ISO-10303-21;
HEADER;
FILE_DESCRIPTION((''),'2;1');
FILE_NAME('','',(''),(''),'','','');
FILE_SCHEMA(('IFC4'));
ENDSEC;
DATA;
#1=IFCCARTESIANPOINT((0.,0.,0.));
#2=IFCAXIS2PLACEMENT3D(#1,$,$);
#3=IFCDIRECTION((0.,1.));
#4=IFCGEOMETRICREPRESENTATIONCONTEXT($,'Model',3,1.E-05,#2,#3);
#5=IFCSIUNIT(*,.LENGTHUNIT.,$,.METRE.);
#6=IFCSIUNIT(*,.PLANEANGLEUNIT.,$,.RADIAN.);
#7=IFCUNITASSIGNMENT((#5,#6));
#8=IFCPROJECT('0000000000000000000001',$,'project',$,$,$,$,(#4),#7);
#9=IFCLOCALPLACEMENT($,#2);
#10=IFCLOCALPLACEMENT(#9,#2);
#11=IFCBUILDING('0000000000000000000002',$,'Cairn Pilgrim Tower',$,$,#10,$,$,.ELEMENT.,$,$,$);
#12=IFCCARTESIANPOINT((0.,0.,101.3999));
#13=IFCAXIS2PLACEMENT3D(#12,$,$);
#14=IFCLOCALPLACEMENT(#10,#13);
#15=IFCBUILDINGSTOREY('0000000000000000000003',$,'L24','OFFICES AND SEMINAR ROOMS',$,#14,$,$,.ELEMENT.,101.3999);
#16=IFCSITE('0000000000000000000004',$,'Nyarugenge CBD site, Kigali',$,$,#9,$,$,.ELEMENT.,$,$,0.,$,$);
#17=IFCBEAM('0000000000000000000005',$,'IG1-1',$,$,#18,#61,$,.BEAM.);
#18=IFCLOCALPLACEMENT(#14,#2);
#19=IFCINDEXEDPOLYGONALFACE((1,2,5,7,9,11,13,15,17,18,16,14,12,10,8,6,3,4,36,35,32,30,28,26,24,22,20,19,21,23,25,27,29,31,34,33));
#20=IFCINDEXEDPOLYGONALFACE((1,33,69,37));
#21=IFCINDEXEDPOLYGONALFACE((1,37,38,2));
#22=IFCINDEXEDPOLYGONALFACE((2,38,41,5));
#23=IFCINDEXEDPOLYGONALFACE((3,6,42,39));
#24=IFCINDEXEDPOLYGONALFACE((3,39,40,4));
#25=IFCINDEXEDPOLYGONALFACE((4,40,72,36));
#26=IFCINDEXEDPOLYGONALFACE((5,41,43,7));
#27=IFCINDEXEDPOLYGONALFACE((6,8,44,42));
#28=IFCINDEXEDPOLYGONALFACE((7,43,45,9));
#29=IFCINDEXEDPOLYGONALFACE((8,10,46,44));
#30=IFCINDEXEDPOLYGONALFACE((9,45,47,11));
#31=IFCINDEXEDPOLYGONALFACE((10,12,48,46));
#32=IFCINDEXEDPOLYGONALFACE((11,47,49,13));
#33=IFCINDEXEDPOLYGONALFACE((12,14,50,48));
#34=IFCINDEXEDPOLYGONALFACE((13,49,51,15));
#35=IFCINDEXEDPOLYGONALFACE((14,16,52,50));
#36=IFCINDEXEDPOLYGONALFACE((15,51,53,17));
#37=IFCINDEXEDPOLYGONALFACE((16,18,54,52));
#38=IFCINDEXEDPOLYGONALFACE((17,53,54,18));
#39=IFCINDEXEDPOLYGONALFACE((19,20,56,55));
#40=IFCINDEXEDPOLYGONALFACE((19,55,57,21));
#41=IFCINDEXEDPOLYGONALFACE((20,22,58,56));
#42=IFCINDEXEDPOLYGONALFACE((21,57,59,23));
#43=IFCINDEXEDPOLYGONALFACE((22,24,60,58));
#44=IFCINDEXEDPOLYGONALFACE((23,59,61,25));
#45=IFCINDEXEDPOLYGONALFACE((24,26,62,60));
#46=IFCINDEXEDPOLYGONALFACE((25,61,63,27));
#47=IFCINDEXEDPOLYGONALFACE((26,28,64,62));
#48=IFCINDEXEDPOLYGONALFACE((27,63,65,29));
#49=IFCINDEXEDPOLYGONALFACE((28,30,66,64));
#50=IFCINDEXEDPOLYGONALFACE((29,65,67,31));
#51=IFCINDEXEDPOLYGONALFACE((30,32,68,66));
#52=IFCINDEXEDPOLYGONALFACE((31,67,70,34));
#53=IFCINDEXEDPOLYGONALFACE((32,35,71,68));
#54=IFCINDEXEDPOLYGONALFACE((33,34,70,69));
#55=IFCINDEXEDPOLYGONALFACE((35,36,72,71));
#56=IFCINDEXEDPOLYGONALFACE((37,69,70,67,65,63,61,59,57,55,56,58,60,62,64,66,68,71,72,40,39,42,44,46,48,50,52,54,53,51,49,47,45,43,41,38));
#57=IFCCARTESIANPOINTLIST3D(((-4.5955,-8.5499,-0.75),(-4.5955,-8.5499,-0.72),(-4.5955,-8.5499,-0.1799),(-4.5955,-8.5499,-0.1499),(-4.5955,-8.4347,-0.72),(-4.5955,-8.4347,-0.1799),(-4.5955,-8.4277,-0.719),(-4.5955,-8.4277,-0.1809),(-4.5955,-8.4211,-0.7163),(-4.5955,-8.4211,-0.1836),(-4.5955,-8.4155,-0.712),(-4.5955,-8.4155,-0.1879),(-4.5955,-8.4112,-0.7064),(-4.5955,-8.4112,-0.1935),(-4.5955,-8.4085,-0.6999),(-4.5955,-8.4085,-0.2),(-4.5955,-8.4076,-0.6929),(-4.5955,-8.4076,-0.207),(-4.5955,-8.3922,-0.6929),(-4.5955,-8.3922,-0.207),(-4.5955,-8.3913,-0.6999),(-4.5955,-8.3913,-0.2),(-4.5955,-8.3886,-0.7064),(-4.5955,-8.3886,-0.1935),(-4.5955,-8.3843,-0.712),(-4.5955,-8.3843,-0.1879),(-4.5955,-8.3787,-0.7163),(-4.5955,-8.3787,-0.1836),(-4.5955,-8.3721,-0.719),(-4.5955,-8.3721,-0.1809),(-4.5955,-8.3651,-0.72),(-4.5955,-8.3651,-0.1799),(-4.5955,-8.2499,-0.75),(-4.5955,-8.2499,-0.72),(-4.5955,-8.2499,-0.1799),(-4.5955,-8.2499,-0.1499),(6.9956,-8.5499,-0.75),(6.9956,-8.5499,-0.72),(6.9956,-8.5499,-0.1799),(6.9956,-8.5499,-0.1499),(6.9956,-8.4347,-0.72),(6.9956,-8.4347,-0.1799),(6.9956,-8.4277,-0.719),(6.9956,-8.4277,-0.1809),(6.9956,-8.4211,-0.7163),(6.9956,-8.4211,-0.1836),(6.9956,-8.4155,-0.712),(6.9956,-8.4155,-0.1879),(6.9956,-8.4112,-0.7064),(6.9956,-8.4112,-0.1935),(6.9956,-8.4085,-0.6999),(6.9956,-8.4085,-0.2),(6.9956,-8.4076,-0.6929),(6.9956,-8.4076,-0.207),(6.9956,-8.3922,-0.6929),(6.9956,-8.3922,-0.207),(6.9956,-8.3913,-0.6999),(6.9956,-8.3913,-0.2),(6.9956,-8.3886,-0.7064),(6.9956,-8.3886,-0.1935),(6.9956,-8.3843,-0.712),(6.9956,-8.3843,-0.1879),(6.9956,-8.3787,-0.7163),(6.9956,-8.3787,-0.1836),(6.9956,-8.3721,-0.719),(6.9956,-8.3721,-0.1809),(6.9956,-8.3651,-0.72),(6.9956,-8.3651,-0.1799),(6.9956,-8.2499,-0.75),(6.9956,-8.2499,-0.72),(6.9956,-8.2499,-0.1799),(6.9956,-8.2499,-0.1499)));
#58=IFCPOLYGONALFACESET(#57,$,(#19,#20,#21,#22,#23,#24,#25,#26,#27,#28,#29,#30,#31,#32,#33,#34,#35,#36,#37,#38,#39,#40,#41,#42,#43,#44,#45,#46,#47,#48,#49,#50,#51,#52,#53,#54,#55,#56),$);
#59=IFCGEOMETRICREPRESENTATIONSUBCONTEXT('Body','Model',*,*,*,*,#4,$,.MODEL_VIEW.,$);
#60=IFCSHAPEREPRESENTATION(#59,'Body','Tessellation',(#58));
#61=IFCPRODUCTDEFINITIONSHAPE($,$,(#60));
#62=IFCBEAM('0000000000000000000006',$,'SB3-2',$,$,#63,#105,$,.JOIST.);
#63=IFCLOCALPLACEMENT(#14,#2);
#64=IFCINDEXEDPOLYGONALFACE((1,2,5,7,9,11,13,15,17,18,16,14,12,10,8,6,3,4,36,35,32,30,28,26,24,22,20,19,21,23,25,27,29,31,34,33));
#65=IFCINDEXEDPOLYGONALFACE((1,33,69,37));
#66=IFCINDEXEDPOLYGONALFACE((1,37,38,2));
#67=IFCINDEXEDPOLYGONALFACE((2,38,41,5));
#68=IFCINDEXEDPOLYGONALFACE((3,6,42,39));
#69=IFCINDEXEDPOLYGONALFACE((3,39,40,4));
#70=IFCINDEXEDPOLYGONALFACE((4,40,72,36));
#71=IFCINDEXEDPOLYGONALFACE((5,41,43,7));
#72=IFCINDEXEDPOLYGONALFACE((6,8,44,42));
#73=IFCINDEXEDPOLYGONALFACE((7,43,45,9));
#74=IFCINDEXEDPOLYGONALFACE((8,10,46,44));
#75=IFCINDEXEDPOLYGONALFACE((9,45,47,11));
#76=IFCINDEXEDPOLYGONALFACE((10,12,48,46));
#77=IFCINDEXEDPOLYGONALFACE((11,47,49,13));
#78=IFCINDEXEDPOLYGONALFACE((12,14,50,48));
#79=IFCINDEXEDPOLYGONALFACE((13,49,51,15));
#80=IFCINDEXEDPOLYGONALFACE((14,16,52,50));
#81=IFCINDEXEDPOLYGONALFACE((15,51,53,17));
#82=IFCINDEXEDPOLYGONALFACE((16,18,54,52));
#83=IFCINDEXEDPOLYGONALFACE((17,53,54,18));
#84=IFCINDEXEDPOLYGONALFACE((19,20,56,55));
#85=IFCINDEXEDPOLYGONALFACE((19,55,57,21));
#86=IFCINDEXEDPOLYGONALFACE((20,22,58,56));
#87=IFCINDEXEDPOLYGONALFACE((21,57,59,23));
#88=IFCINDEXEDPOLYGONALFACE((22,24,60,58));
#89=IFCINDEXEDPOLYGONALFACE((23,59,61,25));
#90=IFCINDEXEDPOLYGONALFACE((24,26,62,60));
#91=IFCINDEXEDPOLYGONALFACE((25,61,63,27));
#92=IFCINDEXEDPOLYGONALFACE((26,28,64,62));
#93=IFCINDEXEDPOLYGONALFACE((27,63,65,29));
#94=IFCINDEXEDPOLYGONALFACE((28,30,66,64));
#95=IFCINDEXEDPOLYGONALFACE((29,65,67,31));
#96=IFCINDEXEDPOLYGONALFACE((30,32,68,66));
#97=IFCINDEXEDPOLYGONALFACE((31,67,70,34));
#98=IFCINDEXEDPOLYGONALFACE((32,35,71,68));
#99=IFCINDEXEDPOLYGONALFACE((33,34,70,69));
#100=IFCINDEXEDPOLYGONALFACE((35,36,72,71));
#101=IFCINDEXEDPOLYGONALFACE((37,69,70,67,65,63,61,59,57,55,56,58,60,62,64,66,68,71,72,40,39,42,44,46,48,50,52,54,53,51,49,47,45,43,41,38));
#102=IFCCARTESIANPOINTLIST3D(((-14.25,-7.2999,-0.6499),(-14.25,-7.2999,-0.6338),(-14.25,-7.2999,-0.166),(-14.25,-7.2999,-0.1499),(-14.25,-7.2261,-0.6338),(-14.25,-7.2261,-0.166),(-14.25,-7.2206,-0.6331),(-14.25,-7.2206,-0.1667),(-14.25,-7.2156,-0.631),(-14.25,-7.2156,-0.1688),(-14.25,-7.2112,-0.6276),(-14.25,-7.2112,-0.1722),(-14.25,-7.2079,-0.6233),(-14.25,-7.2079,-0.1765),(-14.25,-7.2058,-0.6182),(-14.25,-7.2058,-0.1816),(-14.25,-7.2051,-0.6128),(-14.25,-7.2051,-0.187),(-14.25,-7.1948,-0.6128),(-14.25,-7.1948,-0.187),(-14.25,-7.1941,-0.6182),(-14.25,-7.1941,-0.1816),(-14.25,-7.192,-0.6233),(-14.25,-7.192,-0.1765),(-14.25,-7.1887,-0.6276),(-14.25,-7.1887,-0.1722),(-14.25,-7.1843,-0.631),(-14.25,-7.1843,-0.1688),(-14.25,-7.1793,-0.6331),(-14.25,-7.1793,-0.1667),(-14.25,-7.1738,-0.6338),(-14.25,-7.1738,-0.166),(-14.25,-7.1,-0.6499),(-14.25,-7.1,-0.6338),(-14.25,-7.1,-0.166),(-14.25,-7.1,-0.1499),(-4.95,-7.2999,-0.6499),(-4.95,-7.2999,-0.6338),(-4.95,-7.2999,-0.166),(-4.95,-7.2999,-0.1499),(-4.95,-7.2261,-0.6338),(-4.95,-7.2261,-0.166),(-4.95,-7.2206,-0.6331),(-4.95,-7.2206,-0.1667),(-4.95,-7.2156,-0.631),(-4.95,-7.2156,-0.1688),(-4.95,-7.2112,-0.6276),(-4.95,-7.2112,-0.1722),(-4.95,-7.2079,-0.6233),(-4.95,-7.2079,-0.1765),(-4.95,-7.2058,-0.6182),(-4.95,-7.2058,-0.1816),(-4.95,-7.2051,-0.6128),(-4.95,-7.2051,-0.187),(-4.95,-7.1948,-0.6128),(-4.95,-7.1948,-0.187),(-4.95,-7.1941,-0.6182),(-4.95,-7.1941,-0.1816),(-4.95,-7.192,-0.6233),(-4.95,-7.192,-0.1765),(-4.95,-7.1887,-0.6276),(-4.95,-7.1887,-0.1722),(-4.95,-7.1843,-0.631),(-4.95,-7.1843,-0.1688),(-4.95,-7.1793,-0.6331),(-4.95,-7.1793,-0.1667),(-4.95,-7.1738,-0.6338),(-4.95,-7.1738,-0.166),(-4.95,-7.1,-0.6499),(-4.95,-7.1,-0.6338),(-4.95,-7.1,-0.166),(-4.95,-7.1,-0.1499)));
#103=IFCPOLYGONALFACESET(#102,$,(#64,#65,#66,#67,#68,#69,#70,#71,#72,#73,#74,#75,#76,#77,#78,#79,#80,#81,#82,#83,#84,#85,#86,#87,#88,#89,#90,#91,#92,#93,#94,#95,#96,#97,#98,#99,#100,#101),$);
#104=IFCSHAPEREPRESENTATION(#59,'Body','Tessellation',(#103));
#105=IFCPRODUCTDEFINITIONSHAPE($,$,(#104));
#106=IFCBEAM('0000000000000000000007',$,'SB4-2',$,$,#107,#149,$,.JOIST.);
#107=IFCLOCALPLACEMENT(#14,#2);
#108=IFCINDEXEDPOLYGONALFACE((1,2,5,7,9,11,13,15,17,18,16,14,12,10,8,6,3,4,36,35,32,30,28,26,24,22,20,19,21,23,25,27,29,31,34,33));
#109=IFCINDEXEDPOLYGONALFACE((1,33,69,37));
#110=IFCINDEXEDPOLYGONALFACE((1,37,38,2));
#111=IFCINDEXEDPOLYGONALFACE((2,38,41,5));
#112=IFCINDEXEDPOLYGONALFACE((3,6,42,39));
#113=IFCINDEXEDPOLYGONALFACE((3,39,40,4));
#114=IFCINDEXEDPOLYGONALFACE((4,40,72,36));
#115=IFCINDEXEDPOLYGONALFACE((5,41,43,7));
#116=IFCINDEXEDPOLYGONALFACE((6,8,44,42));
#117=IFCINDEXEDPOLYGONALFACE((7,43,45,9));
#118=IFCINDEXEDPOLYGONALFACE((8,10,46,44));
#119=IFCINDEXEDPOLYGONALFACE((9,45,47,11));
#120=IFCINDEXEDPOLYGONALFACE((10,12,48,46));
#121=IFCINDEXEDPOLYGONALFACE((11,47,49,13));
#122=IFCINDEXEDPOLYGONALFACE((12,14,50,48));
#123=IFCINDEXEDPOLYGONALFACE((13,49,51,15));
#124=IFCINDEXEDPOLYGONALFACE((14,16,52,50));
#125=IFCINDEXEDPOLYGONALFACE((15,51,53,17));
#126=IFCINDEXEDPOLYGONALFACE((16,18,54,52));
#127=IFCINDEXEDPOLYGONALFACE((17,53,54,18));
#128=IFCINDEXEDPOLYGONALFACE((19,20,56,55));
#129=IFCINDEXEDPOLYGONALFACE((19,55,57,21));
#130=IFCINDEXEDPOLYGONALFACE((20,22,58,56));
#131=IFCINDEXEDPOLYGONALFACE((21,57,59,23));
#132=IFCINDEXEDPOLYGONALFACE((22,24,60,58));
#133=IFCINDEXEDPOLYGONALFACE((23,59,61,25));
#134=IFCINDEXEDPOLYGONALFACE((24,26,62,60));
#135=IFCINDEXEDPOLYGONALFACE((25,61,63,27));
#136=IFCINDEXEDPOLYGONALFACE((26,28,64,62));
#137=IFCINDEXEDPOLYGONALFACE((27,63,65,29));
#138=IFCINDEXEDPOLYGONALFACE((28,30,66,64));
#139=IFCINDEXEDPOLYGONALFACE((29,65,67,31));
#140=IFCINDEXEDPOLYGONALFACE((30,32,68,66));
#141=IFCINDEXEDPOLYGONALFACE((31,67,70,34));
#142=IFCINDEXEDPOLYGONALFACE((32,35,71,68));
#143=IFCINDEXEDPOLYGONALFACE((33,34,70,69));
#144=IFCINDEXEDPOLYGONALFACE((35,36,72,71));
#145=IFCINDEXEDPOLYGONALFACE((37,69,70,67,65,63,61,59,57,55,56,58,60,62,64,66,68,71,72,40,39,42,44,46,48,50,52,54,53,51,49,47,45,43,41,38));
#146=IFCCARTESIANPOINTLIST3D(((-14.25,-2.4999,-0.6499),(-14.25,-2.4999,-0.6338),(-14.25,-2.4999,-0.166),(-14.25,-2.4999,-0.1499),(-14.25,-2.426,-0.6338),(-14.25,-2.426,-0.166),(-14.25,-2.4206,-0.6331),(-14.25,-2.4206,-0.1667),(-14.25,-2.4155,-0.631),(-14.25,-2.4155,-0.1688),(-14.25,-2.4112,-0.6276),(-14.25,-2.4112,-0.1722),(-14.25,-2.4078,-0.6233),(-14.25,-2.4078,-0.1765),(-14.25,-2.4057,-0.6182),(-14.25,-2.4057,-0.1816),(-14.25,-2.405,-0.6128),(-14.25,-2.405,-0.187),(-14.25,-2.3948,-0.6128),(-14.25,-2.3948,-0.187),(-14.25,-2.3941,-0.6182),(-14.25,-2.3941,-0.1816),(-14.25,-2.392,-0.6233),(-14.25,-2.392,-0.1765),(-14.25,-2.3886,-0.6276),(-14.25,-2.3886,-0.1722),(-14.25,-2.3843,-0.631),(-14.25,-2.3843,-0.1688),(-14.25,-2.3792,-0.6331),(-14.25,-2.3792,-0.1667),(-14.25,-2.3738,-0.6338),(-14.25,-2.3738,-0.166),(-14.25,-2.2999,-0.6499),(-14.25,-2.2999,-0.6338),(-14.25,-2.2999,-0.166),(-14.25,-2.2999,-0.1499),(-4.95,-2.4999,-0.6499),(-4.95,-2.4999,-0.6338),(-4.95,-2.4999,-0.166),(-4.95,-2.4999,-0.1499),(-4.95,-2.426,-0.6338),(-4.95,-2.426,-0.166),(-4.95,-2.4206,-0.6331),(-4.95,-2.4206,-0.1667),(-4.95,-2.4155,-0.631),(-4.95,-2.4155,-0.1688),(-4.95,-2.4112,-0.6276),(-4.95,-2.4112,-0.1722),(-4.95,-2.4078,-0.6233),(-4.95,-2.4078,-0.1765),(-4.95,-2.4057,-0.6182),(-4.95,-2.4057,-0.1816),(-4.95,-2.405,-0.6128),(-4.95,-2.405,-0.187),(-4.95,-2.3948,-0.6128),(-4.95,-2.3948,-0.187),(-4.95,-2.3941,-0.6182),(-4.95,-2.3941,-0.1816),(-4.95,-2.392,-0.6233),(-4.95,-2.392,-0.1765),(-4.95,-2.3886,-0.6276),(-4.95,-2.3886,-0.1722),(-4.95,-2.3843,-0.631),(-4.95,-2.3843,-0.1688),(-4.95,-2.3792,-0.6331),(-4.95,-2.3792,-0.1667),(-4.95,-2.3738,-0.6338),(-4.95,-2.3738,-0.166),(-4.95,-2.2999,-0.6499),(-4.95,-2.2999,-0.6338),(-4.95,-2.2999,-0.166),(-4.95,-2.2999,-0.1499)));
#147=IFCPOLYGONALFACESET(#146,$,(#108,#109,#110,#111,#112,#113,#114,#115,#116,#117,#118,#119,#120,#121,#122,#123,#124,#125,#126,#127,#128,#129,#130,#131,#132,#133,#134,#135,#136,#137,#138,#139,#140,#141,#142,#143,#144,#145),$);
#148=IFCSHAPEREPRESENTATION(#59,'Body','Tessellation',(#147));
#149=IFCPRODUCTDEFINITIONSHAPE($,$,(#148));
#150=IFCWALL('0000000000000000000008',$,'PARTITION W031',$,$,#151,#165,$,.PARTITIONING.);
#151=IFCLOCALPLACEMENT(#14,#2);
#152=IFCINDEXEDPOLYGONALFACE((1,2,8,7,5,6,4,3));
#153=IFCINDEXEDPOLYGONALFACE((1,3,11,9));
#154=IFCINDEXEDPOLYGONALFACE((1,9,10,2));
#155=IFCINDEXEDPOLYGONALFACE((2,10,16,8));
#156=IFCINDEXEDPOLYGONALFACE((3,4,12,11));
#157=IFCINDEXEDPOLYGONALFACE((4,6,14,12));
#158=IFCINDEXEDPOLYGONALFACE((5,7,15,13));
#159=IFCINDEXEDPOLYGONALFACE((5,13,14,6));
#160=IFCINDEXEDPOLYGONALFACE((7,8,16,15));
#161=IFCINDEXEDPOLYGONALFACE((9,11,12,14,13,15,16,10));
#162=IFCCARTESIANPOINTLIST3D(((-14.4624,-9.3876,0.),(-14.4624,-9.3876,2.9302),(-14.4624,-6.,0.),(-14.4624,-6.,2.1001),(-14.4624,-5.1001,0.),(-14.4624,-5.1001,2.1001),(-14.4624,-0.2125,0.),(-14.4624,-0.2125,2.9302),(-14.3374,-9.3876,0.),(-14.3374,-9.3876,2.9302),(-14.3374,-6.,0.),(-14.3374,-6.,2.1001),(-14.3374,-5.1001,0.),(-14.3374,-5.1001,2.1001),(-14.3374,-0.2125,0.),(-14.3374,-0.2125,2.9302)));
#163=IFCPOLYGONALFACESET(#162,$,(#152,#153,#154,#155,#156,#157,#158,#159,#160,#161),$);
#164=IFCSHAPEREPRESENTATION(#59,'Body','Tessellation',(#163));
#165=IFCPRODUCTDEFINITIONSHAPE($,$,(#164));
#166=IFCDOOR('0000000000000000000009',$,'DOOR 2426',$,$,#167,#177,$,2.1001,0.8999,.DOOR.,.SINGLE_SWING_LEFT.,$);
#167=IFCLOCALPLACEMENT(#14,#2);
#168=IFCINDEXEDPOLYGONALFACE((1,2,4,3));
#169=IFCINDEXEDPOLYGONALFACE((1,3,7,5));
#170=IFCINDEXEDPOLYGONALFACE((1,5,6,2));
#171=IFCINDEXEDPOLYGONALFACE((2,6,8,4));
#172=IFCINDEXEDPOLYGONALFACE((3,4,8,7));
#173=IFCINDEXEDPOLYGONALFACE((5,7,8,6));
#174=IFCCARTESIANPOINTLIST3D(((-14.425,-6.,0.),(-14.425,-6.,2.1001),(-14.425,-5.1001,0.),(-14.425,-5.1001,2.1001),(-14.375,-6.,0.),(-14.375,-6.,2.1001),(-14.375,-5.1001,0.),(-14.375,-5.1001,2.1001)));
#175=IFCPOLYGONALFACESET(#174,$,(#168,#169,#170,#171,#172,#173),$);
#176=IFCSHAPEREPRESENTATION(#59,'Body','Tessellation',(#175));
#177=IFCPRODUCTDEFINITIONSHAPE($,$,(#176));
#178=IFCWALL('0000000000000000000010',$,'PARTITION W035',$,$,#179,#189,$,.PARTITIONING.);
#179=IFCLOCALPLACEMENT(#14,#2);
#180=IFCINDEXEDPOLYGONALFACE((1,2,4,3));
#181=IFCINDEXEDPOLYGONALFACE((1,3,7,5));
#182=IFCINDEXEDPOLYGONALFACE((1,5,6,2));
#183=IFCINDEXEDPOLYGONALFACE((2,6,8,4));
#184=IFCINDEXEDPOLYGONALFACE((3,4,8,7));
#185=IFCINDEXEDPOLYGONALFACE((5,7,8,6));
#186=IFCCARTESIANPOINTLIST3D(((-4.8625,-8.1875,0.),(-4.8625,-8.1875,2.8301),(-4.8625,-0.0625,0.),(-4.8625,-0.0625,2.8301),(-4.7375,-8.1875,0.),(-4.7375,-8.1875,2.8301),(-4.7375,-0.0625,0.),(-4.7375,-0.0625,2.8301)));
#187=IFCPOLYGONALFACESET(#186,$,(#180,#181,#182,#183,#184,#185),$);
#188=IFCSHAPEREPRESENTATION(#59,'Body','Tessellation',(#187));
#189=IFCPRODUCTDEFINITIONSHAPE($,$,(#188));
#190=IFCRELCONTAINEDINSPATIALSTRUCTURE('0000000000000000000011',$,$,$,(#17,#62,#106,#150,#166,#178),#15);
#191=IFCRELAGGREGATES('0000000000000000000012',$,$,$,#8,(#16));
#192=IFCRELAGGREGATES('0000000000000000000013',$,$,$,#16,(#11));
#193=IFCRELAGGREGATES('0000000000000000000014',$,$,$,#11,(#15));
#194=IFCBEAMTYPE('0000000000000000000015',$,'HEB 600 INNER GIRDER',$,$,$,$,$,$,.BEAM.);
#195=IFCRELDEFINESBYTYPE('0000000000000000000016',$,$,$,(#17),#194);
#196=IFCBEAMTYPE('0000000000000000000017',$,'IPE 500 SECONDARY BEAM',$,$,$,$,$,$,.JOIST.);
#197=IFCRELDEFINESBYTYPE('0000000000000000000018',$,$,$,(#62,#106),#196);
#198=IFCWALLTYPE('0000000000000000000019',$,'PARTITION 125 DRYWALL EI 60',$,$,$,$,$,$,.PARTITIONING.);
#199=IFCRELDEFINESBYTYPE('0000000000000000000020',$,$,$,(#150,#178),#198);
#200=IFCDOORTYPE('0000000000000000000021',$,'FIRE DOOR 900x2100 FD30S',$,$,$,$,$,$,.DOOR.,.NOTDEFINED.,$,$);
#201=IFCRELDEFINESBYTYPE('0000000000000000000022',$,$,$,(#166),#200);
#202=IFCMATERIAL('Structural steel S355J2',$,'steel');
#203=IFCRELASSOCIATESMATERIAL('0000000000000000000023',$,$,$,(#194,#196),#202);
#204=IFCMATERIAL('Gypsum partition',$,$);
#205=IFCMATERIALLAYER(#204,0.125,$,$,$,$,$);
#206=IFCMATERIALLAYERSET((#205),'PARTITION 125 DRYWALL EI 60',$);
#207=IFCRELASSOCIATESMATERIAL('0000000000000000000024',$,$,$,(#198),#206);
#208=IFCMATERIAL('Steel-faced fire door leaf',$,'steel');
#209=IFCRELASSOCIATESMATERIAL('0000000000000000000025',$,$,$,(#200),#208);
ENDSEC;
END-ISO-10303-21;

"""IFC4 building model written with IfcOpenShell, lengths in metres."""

from ifc_helpers import new_model, si_unit, direction, frame, frame_2d, origin, origin_2d, place, context, subcontext, project, spatial, rectangle, i_section, extrude, material, layer, layer_set, material_profile, profile_set, type_object, element, fill, save


model = new_model("IFC4")

# Units and contexts
model_context = context("Model", 3, precision=1e-05, world=origin(), true_north=direction((0.0, 1.0)))
body_context = subcontext(model_context, "Body", "Model", "MODEL_VIEW")
ifc_project = project(units=[si_unit("LENGTHUNIT", "METRE"), si_unit("PLANEANGLEUNIT", "RADIAN")], contexts=[model_context])

# Site, building, storey
site_placement = place(None, origin())
site = spatial("IfcSite", under=ifc_project, at=site_placement, Name="Nyarugenge CBD site, Kigali", CompositionType="ELEMENT", RefElevation=0.0)
building_placement = place(site_placement, origin())
building = spatial("IfcBuilding", under=site, at=building_placement, Name="Cairn Pilgrim Tower", CompositionType="ELEMENT")
storey_placement = place(building_placement, frame((0.0, 0.0, 101.3999)))
storey = spatial("IfcBuildingStorey", under=building, at=storey_placement, Name="L24", Description="OFFICES AND SEMINAR ROOMS", CompositionType="ELEMENT", Elevation=101.3999)

# Beams
ifc_material_1 = material(Name="Structural steel S355J2", Category="steel")
ifc_material_profile_1 = material_profile(ifc_material_1, i_section(OverallWidth=0.3, OverallDepth=0.6001, WebThickness=0.0154, FlangeThickness=0.03, FilletRadius=0.0271, at=origin_2d()), Name="HEB 600")
ifc_profile_set_1 = profile_set([ifc_material_profile_1], Name="Structural steel S355J2")
beam_type_1 = type_object("IfcBeamType", Name="HEB 600 INNER GIRDER", PredefinedType="BEAM", material=ifc_profile_set_1)
beam_1_placement = place(storey_placement, frame((-4.5955, -8.3999, -0.45), z_axis=(1.0, 0.0, 0.0), x_axis=(0.0, 1.0, 0.0)))
element("IfcBeam", 1, at=beam_1_placement, inside=storey, type_object=beam_type_1, Name="IG1-1", PredefinedType="BEAM", context=body_context, shape_type="SweptSolid", body=[
    extrude(i_section(OverallWidth=0.3, OverallDepth=0.6001, WebThickness=0.0154, FlangeThickness=0.03, FilletRadius=0.0271, at=origin_2d()), origin(), (0.0, 0.0, 1.0), 11.5911),
])
ifc_material_profile_2 = material_profile(ifc_material_1, i_section(OverallWidth=0.2, OverallDepth=0.5, WebThickness=0.0103, FlangeThickness=0.0161, FilletRadius=0.021, at=origin_2d()), Name="IPE 500")
ifc_profile_set_2 = profile_set([ifc_material_profile_2], Name="Structural steel S355J2")
beam_type_2 = type_object("IfcBeamType", Name="IPE 500 SECONDARY BEAM", PredefinedType="JOIST", material=ifc_profile_set_2)
for number, where, z_axis, x_axis, name in (
    (2, (-14.25, -7.2, -0.3999), (1.0, 0.0, 0.0), (0.0, 1.0, 0.0), "SB3-2"),
    (3, (-14.25, -2.3999, -0.3999), (1.0, 0.0, 0.0), (0.0, 1.0, 0.0), "SB4-2"),
):
    element("IfcBeam", number, at=place(storey_placement, frame(where, z_axis=z_axis, x_axis=x_axis)), inside=storey, type_object=beam_type_2, Name=name, PredefinedType="JOIST", context=body_context, shape_type="SweptSolid", body=[
        extrude(i_section(OverallWidth=0.2, OverallDepth=0.5, WebThickness=0.0103, FlangeThickness=0.0161, FilletRadius=0.021, at=origin_2d()), origin(), (0.0, 0.0, 1.0), 9.3),
    ])

# Wall, opening, door
ifc_material_2 = material(Name="Gypsum partition")
ifc_layer_1 = layer(ifc_material_2, 0.125)
ifc_layer_set_1 = layer_set([ifc_layer_1], Name="PARTITION 125 DRYWALL EI 60")
wall_type_1 = type_object("IfcWallType", Name="PARTITION 125 DRYWALL EI 60", PredefinedType="PARTITIONING", material=ifc_layer_set_1)
wall_1_placement = place(storey_placement, frame((-14.3999, -9.3875, 0.0), z_axis=(0.0, 0.0, 1.0), x_axis=(0.0, 1.0, 0.0)))
wall_1 = element("IfcWall", 4, at=wall_1_placement, inside=storey, type_object=wall_type_1, Name="PARTITION W031", PredefinedType="PARTITIONING", context=body_context, shape_type="SweptSolid", body=[
    extrude(rectangle(XDim=9.175, YDim=0.125, at=frame_2d((4.5874, 0.0))), origin(), (0.0, 0.0, 1.0), 2.9302),
])
opening_1_placement = place(wall_1_placement, frame((3.3875, 0.0, 0.0)))
opening_1 = element("IfcOpeningElement", 5, at=opening_1_placement, cuts=wall_1, PredefinedType="OPENING", context=body_context, shape_type="SweptSolid", body=[
    extrude(rectangle(XDim=0.8999, YDim=2.1001, at=frame_2d((0.45, 1.05))), frame((0.0, 0.0725, 0.0), z_axis=(0.0, -1.0, 0.0), x_axis=(1.0, 0.0, 0.0)), (0.0, 0.0, 1.0), 0.145),
])
ifc_material_3 = material(Name="Steel-faced fire door leaf", Category="steel")
door_type = type_object("IfcDoorType", Name="FIRE DOOR 900x2100 FD30S", OperationType="NOTDEFINED", PredefinedType="DOOR", material=ifc_material_3)
door_1_placement = place(opening_1_placement, frame((0.8999, 0.0, 0.0), z_axis=(0.0, 0.0, 1.0), x_axis=(-1.0, 0.0, 0.0)))
door_1 = element("IfcDoor", 6, at=door_1_placement, inside=storey, type_object=door_type, Name="DOOR 2426", OperationType="SINGLE_SWING_LEFT", OverallHeight=2.1001, OverallWidth=0.8999, PredefinedType="DOOR", context=body_context, shape_type="SweptSolid", body=[
    extrude(rectangle(XDim=0.8999, YDim=2.1001, at=frame_2d((0.45, 1.05))), frame((0.0, 0.0249, 0.0), z_axis=(0.0, -1.0, 0.0), x_axis=(1.0, 0.0, 0.0)), (0.0, 0.0, 1.0), 0.05),
])
fill(opening_1, door_1)

# Wall
wall_2_placement = place(storey_placement, frame((-4.8, -8.1875, 0.0), z_axis=(0.0, 0.0, 1.0), x_axis=(0.0, 1.0, 0.0)))
element("IfcWall", 7, at=wall_2_placement, inside=storey, type_object=wall_type_1, Name="PARTITION W035", PredefinedType="PARTITIONING", context=body_context, shape_type="SweptSolid", body=[
    extrude(rectangle(XDim=8.125, YDim=0.125, at=frame_2d((4.0625, 0.0))), origin(), (0.0, 0.0, 1.0), 2.8301),
])

save(model, "model.ifc")
